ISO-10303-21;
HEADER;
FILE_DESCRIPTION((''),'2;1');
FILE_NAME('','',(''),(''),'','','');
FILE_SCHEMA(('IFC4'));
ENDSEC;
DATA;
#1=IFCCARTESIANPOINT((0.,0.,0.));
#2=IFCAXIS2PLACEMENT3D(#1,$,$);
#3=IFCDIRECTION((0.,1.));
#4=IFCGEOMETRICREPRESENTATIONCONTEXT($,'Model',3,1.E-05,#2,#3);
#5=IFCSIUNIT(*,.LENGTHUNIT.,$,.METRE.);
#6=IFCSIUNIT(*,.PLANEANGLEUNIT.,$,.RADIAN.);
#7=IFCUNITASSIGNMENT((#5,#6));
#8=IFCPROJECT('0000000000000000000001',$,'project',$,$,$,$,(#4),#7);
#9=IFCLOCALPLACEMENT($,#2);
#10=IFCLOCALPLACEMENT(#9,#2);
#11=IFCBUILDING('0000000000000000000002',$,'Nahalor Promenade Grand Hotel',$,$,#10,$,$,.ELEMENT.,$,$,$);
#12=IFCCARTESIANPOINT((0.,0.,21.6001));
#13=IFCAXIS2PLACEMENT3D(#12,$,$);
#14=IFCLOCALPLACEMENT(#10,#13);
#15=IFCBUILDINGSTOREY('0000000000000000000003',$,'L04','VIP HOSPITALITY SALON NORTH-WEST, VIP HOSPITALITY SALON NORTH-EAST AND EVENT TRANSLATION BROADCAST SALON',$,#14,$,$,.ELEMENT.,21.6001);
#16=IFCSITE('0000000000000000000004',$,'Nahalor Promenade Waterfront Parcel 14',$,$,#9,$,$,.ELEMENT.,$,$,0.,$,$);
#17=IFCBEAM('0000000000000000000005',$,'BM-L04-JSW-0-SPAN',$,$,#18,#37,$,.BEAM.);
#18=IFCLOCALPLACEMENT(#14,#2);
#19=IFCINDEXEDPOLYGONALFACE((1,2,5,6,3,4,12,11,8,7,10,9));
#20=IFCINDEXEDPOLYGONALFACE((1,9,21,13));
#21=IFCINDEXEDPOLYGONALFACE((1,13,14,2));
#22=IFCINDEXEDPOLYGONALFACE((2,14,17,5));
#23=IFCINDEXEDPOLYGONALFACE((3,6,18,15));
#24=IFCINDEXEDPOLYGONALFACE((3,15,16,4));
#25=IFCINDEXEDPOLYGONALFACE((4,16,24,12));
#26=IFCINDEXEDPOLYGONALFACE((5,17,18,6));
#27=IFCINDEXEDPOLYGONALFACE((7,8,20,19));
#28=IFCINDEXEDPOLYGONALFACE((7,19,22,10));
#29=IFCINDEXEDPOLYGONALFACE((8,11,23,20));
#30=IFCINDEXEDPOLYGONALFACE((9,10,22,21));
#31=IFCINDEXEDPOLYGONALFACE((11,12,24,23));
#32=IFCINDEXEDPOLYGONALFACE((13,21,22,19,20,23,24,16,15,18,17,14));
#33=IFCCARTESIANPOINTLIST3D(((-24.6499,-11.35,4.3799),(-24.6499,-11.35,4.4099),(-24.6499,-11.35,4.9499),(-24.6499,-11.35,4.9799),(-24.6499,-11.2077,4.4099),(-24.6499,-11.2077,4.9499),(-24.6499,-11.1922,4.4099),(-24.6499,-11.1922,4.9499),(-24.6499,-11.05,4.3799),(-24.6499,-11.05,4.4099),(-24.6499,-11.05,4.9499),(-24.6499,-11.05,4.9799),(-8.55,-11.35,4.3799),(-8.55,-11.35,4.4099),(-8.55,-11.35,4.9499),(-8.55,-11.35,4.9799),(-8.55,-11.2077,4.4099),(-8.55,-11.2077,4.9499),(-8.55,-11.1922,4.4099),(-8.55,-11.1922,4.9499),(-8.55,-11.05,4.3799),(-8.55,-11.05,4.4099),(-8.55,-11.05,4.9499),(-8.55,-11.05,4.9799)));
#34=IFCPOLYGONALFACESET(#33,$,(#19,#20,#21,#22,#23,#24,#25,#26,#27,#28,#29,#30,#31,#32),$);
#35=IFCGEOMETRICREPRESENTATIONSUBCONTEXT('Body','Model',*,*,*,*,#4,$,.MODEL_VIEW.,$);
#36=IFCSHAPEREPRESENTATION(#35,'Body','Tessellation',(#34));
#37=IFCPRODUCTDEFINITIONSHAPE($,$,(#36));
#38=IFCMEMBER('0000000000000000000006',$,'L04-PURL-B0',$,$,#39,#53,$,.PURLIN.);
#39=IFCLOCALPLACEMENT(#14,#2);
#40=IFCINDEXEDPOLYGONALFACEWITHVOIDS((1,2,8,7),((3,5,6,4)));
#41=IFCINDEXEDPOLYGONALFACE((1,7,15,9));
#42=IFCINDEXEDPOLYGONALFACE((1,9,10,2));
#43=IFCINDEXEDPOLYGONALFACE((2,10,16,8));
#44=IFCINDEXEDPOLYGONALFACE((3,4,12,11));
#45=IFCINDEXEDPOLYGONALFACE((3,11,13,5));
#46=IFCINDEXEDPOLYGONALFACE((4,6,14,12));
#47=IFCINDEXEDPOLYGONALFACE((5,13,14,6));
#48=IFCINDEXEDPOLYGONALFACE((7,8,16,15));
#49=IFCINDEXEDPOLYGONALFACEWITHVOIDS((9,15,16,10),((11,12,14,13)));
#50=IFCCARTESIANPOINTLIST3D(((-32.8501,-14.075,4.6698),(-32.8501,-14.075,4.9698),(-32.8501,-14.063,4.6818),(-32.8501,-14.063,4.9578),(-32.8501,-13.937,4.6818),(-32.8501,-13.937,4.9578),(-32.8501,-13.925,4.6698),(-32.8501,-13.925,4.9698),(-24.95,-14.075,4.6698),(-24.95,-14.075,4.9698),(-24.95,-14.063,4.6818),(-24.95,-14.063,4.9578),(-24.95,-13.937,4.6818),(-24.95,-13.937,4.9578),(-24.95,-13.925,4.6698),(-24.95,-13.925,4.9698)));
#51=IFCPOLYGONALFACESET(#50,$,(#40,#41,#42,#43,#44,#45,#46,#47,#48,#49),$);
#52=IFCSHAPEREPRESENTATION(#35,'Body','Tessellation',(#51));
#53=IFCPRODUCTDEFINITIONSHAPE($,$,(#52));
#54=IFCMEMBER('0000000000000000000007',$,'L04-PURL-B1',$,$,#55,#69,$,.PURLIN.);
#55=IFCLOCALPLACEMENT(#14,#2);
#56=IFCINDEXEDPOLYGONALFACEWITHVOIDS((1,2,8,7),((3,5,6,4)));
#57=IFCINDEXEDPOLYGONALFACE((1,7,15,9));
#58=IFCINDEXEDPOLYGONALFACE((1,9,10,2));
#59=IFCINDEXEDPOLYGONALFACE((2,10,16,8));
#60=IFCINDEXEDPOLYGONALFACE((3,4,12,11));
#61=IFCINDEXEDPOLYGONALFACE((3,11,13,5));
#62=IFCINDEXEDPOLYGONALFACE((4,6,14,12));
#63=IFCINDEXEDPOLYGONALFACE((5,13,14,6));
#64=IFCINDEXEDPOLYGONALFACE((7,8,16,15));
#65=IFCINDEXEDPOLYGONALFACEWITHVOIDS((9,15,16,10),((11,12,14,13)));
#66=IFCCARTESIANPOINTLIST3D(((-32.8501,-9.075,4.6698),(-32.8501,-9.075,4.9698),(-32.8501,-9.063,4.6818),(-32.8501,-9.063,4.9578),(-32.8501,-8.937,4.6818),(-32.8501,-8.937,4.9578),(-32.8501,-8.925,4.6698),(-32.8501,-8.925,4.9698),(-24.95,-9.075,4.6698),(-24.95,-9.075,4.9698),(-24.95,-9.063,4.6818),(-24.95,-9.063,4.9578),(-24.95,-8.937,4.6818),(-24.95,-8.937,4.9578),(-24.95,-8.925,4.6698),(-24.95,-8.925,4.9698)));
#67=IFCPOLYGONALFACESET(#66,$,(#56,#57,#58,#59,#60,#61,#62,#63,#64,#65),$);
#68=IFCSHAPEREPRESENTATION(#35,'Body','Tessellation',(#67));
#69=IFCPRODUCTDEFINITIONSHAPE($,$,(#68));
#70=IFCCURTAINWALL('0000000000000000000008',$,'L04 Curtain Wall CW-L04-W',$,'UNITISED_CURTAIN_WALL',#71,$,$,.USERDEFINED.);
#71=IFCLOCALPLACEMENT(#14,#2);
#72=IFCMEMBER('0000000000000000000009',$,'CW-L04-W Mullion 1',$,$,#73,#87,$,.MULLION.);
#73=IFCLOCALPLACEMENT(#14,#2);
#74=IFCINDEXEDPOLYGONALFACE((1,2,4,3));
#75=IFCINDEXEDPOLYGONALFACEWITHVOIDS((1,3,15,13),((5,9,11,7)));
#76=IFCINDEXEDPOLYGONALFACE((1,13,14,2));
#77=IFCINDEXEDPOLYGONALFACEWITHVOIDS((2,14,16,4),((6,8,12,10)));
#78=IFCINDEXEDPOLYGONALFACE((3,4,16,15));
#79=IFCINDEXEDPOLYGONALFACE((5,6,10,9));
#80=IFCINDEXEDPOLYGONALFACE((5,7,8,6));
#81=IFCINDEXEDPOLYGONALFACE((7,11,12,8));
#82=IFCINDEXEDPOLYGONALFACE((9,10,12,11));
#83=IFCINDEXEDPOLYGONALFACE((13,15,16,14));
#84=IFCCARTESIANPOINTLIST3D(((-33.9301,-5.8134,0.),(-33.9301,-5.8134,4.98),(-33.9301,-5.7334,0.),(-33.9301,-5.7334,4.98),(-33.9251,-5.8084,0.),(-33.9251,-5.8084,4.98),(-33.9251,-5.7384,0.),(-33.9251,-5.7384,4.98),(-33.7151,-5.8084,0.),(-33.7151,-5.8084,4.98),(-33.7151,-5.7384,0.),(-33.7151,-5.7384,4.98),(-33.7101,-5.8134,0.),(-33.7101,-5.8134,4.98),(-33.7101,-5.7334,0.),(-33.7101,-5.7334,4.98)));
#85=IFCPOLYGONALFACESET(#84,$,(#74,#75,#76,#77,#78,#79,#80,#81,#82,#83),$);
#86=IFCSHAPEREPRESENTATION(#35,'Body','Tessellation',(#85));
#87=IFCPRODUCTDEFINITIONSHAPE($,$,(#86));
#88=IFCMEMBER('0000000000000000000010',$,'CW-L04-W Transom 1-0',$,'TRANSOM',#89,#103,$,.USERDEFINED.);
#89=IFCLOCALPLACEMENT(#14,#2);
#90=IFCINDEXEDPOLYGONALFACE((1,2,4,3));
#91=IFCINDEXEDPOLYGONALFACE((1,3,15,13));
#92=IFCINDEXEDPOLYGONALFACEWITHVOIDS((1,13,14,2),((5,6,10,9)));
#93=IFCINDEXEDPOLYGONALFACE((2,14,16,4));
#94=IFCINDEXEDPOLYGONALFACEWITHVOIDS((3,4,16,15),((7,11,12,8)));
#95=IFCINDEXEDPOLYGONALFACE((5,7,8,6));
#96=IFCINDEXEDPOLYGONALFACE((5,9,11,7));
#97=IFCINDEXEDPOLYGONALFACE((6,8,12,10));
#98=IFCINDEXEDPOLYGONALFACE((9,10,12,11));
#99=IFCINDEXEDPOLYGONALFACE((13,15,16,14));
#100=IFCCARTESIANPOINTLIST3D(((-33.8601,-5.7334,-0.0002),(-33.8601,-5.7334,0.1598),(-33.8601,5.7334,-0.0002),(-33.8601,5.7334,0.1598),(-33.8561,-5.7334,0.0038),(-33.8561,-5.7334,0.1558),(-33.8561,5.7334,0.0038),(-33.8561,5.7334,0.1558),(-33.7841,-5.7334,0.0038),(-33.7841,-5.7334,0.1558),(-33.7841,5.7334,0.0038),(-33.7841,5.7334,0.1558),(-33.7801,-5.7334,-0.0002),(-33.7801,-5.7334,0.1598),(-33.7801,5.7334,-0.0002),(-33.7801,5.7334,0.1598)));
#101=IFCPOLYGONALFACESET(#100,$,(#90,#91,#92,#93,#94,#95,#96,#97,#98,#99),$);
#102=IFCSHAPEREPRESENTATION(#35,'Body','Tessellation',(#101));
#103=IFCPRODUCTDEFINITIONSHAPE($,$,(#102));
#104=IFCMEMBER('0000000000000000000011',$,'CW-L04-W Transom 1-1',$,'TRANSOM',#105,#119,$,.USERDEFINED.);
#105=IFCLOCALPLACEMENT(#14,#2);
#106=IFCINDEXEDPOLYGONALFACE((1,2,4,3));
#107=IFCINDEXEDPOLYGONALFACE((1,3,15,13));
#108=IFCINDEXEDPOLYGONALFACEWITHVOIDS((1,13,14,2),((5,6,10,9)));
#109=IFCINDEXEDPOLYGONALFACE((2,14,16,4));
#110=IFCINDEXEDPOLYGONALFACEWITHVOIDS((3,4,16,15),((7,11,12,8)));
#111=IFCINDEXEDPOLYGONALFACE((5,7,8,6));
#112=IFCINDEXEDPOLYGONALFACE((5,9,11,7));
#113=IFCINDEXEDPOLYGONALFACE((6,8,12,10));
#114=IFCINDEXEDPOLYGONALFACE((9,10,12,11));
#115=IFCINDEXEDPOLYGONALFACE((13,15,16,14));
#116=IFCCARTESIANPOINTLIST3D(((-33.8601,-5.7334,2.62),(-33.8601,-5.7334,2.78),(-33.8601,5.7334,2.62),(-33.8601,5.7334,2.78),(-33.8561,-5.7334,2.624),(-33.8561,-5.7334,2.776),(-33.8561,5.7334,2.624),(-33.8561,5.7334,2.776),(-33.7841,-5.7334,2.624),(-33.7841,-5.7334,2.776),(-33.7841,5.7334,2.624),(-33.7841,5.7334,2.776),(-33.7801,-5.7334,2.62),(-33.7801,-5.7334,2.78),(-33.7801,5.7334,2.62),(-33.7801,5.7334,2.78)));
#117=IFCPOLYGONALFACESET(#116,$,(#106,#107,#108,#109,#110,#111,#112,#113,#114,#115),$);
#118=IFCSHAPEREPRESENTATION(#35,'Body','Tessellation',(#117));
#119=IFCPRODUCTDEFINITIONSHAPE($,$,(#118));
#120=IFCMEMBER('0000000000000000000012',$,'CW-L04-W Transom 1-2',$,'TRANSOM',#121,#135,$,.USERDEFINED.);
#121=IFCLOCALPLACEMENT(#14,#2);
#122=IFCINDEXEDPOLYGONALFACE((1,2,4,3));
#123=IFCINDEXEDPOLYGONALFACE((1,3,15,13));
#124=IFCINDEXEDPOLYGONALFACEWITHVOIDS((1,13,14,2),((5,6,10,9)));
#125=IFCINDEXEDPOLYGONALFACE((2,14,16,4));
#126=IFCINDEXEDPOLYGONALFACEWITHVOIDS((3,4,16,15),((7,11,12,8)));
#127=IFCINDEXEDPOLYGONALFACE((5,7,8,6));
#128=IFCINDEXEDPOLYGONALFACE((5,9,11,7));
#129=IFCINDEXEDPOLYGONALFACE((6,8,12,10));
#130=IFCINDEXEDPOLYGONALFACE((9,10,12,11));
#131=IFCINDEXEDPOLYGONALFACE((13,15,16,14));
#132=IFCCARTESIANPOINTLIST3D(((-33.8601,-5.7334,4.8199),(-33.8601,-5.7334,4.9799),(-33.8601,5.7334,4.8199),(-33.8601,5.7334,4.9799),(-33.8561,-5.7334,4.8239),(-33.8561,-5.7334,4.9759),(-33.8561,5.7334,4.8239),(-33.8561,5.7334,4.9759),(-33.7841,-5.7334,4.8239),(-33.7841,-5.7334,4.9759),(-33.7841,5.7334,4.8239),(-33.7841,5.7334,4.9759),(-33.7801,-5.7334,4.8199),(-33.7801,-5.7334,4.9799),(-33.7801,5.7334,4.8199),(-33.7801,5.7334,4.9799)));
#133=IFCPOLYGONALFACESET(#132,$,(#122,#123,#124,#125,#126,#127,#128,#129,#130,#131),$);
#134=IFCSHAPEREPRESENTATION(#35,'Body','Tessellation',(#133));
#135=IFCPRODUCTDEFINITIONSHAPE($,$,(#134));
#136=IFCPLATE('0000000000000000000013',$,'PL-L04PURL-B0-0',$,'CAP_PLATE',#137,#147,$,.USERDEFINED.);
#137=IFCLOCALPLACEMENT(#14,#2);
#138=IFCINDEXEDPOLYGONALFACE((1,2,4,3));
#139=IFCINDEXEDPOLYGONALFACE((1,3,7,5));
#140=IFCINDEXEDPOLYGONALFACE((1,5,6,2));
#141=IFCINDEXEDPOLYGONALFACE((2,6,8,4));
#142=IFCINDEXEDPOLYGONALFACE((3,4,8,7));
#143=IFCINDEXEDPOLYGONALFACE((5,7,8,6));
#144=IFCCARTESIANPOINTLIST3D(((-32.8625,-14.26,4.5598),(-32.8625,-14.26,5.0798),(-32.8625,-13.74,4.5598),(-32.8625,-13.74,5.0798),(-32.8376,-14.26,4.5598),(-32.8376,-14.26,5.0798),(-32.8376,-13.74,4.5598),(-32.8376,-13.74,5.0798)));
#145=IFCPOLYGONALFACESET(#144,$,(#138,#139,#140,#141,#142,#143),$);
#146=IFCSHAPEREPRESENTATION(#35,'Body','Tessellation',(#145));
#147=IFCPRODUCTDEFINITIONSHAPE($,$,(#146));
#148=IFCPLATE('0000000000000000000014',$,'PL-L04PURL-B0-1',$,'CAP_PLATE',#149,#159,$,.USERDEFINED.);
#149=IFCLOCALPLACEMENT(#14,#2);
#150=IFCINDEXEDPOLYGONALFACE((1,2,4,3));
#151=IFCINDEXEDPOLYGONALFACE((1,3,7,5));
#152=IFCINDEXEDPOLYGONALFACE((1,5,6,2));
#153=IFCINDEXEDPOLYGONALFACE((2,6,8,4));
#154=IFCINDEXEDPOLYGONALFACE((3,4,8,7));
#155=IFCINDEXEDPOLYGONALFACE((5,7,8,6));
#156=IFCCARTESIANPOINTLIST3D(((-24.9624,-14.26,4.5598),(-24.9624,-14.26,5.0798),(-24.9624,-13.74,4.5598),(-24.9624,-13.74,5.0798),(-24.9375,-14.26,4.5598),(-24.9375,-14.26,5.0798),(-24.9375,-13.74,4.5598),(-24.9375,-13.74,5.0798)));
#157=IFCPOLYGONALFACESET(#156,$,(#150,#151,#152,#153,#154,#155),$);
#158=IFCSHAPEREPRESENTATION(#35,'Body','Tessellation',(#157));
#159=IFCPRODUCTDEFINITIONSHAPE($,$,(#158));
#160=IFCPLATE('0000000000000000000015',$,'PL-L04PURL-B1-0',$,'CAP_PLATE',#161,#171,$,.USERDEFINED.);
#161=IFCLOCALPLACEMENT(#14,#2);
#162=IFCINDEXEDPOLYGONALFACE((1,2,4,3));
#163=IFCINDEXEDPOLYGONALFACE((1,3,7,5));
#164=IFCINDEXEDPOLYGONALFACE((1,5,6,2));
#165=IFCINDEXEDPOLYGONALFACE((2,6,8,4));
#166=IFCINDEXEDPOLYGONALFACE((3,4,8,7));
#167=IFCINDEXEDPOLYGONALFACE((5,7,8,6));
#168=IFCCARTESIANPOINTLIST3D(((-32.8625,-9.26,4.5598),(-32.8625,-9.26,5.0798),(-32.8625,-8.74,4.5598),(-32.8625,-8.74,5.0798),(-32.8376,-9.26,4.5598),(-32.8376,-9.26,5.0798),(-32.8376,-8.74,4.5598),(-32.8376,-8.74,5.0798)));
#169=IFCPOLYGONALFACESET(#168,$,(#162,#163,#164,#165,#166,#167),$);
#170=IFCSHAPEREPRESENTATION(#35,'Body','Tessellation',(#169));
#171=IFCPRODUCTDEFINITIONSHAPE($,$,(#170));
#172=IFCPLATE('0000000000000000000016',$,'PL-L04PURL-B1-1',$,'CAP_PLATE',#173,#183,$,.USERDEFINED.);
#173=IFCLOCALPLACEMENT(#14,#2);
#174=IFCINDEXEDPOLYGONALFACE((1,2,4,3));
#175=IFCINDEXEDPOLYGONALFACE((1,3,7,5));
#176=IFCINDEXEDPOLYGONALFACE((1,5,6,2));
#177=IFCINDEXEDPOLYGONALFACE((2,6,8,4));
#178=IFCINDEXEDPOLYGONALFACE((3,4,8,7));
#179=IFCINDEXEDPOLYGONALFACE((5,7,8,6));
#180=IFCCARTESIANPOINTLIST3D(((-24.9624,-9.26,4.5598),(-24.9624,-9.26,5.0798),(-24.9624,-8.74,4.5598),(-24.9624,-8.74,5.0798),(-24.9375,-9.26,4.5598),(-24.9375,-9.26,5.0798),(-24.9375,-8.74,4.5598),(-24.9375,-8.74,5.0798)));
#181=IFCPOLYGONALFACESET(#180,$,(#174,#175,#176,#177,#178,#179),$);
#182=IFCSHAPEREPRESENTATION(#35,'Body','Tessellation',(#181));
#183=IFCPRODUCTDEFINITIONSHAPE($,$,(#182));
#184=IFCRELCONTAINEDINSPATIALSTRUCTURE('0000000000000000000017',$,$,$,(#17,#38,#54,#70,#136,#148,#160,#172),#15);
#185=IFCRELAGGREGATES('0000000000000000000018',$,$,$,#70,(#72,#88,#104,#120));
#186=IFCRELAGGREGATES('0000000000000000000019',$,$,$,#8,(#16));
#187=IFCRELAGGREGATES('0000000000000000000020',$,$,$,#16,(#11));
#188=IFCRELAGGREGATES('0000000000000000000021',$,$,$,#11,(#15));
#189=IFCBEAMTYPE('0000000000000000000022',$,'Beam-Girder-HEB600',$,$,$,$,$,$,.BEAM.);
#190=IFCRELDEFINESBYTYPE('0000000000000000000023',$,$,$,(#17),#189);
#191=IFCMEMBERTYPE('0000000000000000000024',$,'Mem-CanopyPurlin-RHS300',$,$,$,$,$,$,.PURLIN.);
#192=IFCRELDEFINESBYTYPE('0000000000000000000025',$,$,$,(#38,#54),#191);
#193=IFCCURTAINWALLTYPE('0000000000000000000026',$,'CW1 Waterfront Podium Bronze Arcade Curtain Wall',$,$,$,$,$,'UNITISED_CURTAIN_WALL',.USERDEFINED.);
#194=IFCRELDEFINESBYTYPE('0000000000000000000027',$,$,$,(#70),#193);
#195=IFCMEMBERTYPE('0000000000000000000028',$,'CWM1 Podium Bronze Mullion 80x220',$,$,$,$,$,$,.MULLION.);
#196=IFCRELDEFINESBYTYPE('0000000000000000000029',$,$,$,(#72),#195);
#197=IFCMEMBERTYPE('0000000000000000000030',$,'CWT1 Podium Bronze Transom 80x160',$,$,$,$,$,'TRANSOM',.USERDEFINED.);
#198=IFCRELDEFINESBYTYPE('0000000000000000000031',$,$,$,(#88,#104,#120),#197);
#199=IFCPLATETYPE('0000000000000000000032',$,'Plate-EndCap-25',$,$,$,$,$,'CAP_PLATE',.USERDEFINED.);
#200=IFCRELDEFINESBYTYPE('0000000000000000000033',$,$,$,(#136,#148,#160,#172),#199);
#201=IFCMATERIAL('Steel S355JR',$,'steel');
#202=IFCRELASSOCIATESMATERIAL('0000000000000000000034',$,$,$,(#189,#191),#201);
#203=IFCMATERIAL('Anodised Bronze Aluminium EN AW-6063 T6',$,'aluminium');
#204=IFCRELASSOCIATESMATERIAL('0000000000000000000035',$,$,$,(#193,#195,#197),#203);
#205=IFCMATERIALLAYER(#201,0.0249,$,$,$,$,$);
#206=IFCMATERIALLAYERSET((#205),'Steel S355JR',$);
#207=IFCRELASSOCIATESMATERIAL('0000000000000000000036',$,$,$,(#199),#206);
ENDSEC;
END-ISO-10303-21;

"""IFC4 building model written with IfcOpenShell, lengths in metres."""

from ifc_helpers import new_model, si_unit, direction, frame, origin, origin_2d, place, context, subcontext, project, spatial, rectangle, hollow_rectangle, i_section, extrude, source, transform, mapped, material, layer, layer_set, material_profile, profile_set, type_object, element, aggregate, save


model = new_model("IFC4")

# Units and contexts
model_context = context("Model", 3, precision=1e-05, world=origin(), true_north=direction((0.0, 1.0)))
body_context = subcontext(model_context, "Body", "Model", "MODEL_VIEW")
ifc_project = project(units=[si_unit("LENGTHUNIT", "METRE"), si_unit("PLANEANGLEUNIT", "RADIAN")], contexts=[model_context])

# Site, building, storey
site_placement = place(None, origin())
site = spatial("IfcSite", under=ifc_project, at=site_placement, Name="Nahalor Promenade Waterfront Parcel 14", CompositionType="ELEMENT", RefElevation=0.0)
building_placement = place(site_placement, origin())
building = spatial("IfcBuilding", under=site, at=building_placement, Name="Nahalor Promenade Grand Hotel", CompositionType="ELEMENT")
storey_placement = place(building_placement, frame((0.0, 0.0, 21.6001)))
storey = spatial("IfcBuildingStorey", under=building, at=storey_placement, Name="L04", Description="VIP HOSPITALITY SALON NORTH-WEST, VIP HOSPITALITY SALON NORTH-EAST AND EVENT TRANSLATION BROADCAST SALON", CompositionType="ELEMENT", Elevation=21.6001)

# Beam
ifc_material_1 = material(Name="Steel S355JR", Category="steel")
ifc_material_profile_1 = material_profile(ifc_material_1, i_section(OverallWidth=0.3, OverallDepth=0.6, WebThickness=0.0155, FlangeThickness=0.03, at=origin_2d()), Name="HEB 600")
ifc_profile_set_1 = profile_set([ifc_material_profile_1], Name="Steel S355JR")
beam_type_1 = type_object("IfcBeamType", Name="Beam-Girder-HEB600", PredefinedType="BEAM", material=ifc_profile_set_1)
shared_shape_1 = source(origin(), body_context, "Body", "SweptSolid", [
    extrude(i_section(OverallWidth=0.3, OverallDepth=0.6, WebThickness=0.0155, FlangeThickness=0.03, at=origin_2d()), origin(), (0.0, 0.0, 1.0), 16.0999),
])
beam_1_placement = place(storey_placement, frame((-24.6499, -11.2, 4.6799), z_axis=(1.0, 0.0, 0.0), x_axis=(0.0, 1.0, 0.0)))
element("IfcBeam", 1, at=beam_1_placement, inside=storey, type_object=beam_type_1, Name="BM-L04-JSW-0-SPAN", PredefinedType="BEAM", context=body_context, shape_type="MappedRepresentation", body=[
    mapped(shared_shape_1, transform((0.0, 0.0, 0.0), scale=1.0)),
])

# Members
ifc_material_profile_2 = material_profile(ifc_material_1, hollow_rectangle(XDim=0.15, YDim=0.3, WallThickness=0.012, at=origin_2d()), Name="RHS 300x150x12")
ifc_profile_set_2 = profile_set([ifc_material_profile_2], Name="Steel S355JR")
member_type_1 = type_object("IfcMemberType", Name="Mem-CanopyPurlin-RHS300", PredefinedType="PURLIN", material=ifc_profile_set_2)
shared_shape_2 = source(origin(), body_context, "Body", "SweptSolid", [
    extrude(hollow_rectangle(XDim=0.15, YDim=0.3, WallThickness=0.012, at=origin_2d()), origin(), (0.0, 0.0, 1.0), 7.9001),
])
for number, where, z_axis, x_axis, name in (
    (2, (-32.8501, -14.0, 4.8198), (1.0, 0.0, 0.0), (0.0, 1.0, 0.0), "L04-PURL-B0"),
    (3, (-32.8501, -9.0, 4.8198), (1.0, 0.0, 0.0), (0.0, 1.0, 0.0), "L04-PURL-B1"),
):
    element("IfcMember", number, at=place(storey_placement, frame(where, z_axis=z_axis, x_axis=x_axis)), inside=storey, type_object=member_type_1, Name=name, PredefinedType="PURLIN", context=body_context, shape_type="MappedRepresentation", body=[
        mapped(shared_shape_2, transform((0.0, 0.0, 0.0), scale=1.0)),
    ])

# Curtain wall, members
ifc_material_2 = material(Name="Anodised Bronze Aluminium EN AW-6063 T6", Category="aluminium")
curtain_wall_type = type_object("IfcCurtainWallType", Name="CW1 Waterfront Podium Bronze Arcade Curtain Wall", ElementType="UNITISED_CURTAIN_WALL", PredefinedType="USERDEFINED", material=ifc_material_2)
curtain_wall_placement = place(storey_placement, origin())
curtain_wall = element("IfcCurtainWall", 4, at=curtain_wall_placement, inside=storey, type_object=curtain_wall_type, Name="L04 Curtain Wall CW-L04-W", ObjectType="UNITISED_CURTAIN_WALL", PredefinedType="USERDEFINED")
ifc_material_profile_3 = material_profile(ifc_material_2, hollow_rectangle(XDim=0.08, YDim=0.22, WallThickness=0.005, at=origin_2d()), Name="CWM 80x220x5")
ifc_profile_set_3 = profile_set([ifc_material_profile_3], Name="Anodised Bronze Aluminium EN AW-6063 T6")
member_type_2 = type_object("IfcMemberType", Name="CWM1 Podium Bronze Mullion 80x220", PredefinedType="MULLION", material=ifc_profile_set_3)
shared_shape_3 = source(origin(), body_context, "Body", "SweptSolid", [
    extrude(hollow_rectangle(XDim=0.08, YDim=0.22, WallThickness=0.005, at=origin_2d()), origin(), (0.0, 0.0, 1.0), 4.98),
])
member_1_placement = place(storey_placement, frame((-33.8201, -5.7734, 0.0), z_axis=(0.0, 0.0, 1.0), x_axis=(0.0, 1.0, 0.0)))
member_1 = element("IfcMember", 5, at=member_1_placement, type_object=member_type_2, Name="CW-L04-W Mullion 1", PredefinedType="MULLION", context=body_context, shape_type="MappedRepresentation", body=[
    mapped(shared_shape_3, transform((0.0, 0.0, 0.0), scale=1.0)),
])
ifc_material_profile_4 = material_profile(ifc_material_2, hollow_rectangle(XDim=0.08, YDim=0.16, WallThickness=0.004, at=origin_2d()), Name="CWT 80x160x4")
ifc_profile_set_4 = profile_set([ifc_material_profile_4], Name="Anodised Bronze Aluminium EN AW-6063 T6")
member_type_3 = type_object("IfcMemberType", Name="CWT1 Podium Bronze Transom 80x160", ElementType="TRANSOM", PredefinedType="USERDEFINED", material=ifc_profile_set_4)
shared_shape_4 = source(origin(), body_context, "Body", "SweptSolid", [
    extrude(hollow_rectangle(XDim=0.08, YDim=0.16, WallThickness=0.004, at=origin_2d()), origin(), (0.0, 0.0, 1.0), 11.4668),
])
member_2_placement = place(storey_placement, frame((-33.8201, -5.7334, 0.0798), z_axis=(0.0, 1.0, 0.0), x_axis=(-1.0, 0.0, 0.0)))
member_2 = element("IfcMember", 6, at=member_2_placement, type_object=member_type_3, Name="CW-L04-W Transom 1-0", ObjectType="TRANSOM", PredefinedType="USERDEFINED", context=body_context, shape_type="MappedRepresentation", body=[
    mapped(shared_shape_4, transform((0.0, 0.0, 0.0), scale=1.0)),
])
member_3_placement = place(storey_placement, frame((-33.8201, -5.7334, 2.7), z_axis=(0.0, 1.0, 0.0), x_axis=(-1.0, 0.0, 0.0)))
member_3 = element("IfcMember", 7, at=member_3_placement, type_object=member_type_3, Name="CW-L04-W Transom 1-1", ObjectType="TRANSOM", PredefinedType="USERDEFINED", context=body_context, shape_type="MappedRepresentation", body=[
    mapped(shared_shape_4, transform((0.0, 0.0, 0.0), scale=1.0)),
])
member_4_placement = place(storey_placement, frame((-33.8201, -5.7334, 4.8999), z_axis=(0.0, 1.0, 0.0), x_axis=(-1.0, 0.0, 0.0)))
member_4 = element("IfcMember", 8, at=member_4_placement, type_object=member_type_3, Name="CW-L04-W Transom 1-2", ObjectType="TRANSOM", PredefinedType="USERDEFINED", context=body_context, shape_type="MappedRepresentation", body=[
    mapped(shared_shape_4, transform((0.0, 0.0, 0.0), scale=1.0)),
])

# Plates
ifc_layer_1 = layer(ifc_material_1, 0.0249)
ifc_layer_set_1 = layer_set([ifc_layer_1], Name="Steel S355JR")
plate_type_1 = type_object("IfcPlateType", Name="Plate-EndCap-25", ElementType="CAP_PLATE", PredefinedType="USERDEFINED", material=ifc_layer_set_1)
shared_shape_5 = source(origin(), body_context, "Body", "SweptSolid", [
    extrude(rectangle(XDim=0.52, YDim=0.0249, at=origin_2d()), origin(), (0.0, 0.0, 1.0), 0.52),
])
for number, where, z_axis, x_axis, name in (
    (9, (-32.8501, -14.0, 4.5598), (0.0, 0.0, 1.0), (0.0, 1.0, 0.0), "PL-L04PURL-B0-0"),
    (10, (-24.95, -14.0, 4.5598), (0.0, 0.0, 1.0), (0.0, 1.0, 0.0), "PL-L04PURL-B0-1"),
    (11, (-32.8501, -9.0, 4.5598), (0.0, 0.0, 1.0), (0.0, 1.0, 0.0), "PL-L04PURL-B1-0"),
    (12, (-24.95, -9.0, 4.5598), (0.0, 0.0, 1.0), (0.0, 1.0, 0.0), "PL-L04PURL-B1-1"),
):
    element("IfcPlate", number, at=place(storey_placement, frame(where, z_axis=z_axis, x_axis=x_axis)), inside=storey, type_object=plate_type_1, Name=name, ObjectType="CAP_PLATE", PredefinedType="USERDEFINED", context=body_context, shape_type="MappedRepresentation", body=[
        mapped(shared_shape_5, transform((0.0, 0.0, 0.0), scale=1.0)),
    ])

aggregate(curtain_wall, [member_1, member_2, member_3, member_4])

save(model, "model.ifc")
